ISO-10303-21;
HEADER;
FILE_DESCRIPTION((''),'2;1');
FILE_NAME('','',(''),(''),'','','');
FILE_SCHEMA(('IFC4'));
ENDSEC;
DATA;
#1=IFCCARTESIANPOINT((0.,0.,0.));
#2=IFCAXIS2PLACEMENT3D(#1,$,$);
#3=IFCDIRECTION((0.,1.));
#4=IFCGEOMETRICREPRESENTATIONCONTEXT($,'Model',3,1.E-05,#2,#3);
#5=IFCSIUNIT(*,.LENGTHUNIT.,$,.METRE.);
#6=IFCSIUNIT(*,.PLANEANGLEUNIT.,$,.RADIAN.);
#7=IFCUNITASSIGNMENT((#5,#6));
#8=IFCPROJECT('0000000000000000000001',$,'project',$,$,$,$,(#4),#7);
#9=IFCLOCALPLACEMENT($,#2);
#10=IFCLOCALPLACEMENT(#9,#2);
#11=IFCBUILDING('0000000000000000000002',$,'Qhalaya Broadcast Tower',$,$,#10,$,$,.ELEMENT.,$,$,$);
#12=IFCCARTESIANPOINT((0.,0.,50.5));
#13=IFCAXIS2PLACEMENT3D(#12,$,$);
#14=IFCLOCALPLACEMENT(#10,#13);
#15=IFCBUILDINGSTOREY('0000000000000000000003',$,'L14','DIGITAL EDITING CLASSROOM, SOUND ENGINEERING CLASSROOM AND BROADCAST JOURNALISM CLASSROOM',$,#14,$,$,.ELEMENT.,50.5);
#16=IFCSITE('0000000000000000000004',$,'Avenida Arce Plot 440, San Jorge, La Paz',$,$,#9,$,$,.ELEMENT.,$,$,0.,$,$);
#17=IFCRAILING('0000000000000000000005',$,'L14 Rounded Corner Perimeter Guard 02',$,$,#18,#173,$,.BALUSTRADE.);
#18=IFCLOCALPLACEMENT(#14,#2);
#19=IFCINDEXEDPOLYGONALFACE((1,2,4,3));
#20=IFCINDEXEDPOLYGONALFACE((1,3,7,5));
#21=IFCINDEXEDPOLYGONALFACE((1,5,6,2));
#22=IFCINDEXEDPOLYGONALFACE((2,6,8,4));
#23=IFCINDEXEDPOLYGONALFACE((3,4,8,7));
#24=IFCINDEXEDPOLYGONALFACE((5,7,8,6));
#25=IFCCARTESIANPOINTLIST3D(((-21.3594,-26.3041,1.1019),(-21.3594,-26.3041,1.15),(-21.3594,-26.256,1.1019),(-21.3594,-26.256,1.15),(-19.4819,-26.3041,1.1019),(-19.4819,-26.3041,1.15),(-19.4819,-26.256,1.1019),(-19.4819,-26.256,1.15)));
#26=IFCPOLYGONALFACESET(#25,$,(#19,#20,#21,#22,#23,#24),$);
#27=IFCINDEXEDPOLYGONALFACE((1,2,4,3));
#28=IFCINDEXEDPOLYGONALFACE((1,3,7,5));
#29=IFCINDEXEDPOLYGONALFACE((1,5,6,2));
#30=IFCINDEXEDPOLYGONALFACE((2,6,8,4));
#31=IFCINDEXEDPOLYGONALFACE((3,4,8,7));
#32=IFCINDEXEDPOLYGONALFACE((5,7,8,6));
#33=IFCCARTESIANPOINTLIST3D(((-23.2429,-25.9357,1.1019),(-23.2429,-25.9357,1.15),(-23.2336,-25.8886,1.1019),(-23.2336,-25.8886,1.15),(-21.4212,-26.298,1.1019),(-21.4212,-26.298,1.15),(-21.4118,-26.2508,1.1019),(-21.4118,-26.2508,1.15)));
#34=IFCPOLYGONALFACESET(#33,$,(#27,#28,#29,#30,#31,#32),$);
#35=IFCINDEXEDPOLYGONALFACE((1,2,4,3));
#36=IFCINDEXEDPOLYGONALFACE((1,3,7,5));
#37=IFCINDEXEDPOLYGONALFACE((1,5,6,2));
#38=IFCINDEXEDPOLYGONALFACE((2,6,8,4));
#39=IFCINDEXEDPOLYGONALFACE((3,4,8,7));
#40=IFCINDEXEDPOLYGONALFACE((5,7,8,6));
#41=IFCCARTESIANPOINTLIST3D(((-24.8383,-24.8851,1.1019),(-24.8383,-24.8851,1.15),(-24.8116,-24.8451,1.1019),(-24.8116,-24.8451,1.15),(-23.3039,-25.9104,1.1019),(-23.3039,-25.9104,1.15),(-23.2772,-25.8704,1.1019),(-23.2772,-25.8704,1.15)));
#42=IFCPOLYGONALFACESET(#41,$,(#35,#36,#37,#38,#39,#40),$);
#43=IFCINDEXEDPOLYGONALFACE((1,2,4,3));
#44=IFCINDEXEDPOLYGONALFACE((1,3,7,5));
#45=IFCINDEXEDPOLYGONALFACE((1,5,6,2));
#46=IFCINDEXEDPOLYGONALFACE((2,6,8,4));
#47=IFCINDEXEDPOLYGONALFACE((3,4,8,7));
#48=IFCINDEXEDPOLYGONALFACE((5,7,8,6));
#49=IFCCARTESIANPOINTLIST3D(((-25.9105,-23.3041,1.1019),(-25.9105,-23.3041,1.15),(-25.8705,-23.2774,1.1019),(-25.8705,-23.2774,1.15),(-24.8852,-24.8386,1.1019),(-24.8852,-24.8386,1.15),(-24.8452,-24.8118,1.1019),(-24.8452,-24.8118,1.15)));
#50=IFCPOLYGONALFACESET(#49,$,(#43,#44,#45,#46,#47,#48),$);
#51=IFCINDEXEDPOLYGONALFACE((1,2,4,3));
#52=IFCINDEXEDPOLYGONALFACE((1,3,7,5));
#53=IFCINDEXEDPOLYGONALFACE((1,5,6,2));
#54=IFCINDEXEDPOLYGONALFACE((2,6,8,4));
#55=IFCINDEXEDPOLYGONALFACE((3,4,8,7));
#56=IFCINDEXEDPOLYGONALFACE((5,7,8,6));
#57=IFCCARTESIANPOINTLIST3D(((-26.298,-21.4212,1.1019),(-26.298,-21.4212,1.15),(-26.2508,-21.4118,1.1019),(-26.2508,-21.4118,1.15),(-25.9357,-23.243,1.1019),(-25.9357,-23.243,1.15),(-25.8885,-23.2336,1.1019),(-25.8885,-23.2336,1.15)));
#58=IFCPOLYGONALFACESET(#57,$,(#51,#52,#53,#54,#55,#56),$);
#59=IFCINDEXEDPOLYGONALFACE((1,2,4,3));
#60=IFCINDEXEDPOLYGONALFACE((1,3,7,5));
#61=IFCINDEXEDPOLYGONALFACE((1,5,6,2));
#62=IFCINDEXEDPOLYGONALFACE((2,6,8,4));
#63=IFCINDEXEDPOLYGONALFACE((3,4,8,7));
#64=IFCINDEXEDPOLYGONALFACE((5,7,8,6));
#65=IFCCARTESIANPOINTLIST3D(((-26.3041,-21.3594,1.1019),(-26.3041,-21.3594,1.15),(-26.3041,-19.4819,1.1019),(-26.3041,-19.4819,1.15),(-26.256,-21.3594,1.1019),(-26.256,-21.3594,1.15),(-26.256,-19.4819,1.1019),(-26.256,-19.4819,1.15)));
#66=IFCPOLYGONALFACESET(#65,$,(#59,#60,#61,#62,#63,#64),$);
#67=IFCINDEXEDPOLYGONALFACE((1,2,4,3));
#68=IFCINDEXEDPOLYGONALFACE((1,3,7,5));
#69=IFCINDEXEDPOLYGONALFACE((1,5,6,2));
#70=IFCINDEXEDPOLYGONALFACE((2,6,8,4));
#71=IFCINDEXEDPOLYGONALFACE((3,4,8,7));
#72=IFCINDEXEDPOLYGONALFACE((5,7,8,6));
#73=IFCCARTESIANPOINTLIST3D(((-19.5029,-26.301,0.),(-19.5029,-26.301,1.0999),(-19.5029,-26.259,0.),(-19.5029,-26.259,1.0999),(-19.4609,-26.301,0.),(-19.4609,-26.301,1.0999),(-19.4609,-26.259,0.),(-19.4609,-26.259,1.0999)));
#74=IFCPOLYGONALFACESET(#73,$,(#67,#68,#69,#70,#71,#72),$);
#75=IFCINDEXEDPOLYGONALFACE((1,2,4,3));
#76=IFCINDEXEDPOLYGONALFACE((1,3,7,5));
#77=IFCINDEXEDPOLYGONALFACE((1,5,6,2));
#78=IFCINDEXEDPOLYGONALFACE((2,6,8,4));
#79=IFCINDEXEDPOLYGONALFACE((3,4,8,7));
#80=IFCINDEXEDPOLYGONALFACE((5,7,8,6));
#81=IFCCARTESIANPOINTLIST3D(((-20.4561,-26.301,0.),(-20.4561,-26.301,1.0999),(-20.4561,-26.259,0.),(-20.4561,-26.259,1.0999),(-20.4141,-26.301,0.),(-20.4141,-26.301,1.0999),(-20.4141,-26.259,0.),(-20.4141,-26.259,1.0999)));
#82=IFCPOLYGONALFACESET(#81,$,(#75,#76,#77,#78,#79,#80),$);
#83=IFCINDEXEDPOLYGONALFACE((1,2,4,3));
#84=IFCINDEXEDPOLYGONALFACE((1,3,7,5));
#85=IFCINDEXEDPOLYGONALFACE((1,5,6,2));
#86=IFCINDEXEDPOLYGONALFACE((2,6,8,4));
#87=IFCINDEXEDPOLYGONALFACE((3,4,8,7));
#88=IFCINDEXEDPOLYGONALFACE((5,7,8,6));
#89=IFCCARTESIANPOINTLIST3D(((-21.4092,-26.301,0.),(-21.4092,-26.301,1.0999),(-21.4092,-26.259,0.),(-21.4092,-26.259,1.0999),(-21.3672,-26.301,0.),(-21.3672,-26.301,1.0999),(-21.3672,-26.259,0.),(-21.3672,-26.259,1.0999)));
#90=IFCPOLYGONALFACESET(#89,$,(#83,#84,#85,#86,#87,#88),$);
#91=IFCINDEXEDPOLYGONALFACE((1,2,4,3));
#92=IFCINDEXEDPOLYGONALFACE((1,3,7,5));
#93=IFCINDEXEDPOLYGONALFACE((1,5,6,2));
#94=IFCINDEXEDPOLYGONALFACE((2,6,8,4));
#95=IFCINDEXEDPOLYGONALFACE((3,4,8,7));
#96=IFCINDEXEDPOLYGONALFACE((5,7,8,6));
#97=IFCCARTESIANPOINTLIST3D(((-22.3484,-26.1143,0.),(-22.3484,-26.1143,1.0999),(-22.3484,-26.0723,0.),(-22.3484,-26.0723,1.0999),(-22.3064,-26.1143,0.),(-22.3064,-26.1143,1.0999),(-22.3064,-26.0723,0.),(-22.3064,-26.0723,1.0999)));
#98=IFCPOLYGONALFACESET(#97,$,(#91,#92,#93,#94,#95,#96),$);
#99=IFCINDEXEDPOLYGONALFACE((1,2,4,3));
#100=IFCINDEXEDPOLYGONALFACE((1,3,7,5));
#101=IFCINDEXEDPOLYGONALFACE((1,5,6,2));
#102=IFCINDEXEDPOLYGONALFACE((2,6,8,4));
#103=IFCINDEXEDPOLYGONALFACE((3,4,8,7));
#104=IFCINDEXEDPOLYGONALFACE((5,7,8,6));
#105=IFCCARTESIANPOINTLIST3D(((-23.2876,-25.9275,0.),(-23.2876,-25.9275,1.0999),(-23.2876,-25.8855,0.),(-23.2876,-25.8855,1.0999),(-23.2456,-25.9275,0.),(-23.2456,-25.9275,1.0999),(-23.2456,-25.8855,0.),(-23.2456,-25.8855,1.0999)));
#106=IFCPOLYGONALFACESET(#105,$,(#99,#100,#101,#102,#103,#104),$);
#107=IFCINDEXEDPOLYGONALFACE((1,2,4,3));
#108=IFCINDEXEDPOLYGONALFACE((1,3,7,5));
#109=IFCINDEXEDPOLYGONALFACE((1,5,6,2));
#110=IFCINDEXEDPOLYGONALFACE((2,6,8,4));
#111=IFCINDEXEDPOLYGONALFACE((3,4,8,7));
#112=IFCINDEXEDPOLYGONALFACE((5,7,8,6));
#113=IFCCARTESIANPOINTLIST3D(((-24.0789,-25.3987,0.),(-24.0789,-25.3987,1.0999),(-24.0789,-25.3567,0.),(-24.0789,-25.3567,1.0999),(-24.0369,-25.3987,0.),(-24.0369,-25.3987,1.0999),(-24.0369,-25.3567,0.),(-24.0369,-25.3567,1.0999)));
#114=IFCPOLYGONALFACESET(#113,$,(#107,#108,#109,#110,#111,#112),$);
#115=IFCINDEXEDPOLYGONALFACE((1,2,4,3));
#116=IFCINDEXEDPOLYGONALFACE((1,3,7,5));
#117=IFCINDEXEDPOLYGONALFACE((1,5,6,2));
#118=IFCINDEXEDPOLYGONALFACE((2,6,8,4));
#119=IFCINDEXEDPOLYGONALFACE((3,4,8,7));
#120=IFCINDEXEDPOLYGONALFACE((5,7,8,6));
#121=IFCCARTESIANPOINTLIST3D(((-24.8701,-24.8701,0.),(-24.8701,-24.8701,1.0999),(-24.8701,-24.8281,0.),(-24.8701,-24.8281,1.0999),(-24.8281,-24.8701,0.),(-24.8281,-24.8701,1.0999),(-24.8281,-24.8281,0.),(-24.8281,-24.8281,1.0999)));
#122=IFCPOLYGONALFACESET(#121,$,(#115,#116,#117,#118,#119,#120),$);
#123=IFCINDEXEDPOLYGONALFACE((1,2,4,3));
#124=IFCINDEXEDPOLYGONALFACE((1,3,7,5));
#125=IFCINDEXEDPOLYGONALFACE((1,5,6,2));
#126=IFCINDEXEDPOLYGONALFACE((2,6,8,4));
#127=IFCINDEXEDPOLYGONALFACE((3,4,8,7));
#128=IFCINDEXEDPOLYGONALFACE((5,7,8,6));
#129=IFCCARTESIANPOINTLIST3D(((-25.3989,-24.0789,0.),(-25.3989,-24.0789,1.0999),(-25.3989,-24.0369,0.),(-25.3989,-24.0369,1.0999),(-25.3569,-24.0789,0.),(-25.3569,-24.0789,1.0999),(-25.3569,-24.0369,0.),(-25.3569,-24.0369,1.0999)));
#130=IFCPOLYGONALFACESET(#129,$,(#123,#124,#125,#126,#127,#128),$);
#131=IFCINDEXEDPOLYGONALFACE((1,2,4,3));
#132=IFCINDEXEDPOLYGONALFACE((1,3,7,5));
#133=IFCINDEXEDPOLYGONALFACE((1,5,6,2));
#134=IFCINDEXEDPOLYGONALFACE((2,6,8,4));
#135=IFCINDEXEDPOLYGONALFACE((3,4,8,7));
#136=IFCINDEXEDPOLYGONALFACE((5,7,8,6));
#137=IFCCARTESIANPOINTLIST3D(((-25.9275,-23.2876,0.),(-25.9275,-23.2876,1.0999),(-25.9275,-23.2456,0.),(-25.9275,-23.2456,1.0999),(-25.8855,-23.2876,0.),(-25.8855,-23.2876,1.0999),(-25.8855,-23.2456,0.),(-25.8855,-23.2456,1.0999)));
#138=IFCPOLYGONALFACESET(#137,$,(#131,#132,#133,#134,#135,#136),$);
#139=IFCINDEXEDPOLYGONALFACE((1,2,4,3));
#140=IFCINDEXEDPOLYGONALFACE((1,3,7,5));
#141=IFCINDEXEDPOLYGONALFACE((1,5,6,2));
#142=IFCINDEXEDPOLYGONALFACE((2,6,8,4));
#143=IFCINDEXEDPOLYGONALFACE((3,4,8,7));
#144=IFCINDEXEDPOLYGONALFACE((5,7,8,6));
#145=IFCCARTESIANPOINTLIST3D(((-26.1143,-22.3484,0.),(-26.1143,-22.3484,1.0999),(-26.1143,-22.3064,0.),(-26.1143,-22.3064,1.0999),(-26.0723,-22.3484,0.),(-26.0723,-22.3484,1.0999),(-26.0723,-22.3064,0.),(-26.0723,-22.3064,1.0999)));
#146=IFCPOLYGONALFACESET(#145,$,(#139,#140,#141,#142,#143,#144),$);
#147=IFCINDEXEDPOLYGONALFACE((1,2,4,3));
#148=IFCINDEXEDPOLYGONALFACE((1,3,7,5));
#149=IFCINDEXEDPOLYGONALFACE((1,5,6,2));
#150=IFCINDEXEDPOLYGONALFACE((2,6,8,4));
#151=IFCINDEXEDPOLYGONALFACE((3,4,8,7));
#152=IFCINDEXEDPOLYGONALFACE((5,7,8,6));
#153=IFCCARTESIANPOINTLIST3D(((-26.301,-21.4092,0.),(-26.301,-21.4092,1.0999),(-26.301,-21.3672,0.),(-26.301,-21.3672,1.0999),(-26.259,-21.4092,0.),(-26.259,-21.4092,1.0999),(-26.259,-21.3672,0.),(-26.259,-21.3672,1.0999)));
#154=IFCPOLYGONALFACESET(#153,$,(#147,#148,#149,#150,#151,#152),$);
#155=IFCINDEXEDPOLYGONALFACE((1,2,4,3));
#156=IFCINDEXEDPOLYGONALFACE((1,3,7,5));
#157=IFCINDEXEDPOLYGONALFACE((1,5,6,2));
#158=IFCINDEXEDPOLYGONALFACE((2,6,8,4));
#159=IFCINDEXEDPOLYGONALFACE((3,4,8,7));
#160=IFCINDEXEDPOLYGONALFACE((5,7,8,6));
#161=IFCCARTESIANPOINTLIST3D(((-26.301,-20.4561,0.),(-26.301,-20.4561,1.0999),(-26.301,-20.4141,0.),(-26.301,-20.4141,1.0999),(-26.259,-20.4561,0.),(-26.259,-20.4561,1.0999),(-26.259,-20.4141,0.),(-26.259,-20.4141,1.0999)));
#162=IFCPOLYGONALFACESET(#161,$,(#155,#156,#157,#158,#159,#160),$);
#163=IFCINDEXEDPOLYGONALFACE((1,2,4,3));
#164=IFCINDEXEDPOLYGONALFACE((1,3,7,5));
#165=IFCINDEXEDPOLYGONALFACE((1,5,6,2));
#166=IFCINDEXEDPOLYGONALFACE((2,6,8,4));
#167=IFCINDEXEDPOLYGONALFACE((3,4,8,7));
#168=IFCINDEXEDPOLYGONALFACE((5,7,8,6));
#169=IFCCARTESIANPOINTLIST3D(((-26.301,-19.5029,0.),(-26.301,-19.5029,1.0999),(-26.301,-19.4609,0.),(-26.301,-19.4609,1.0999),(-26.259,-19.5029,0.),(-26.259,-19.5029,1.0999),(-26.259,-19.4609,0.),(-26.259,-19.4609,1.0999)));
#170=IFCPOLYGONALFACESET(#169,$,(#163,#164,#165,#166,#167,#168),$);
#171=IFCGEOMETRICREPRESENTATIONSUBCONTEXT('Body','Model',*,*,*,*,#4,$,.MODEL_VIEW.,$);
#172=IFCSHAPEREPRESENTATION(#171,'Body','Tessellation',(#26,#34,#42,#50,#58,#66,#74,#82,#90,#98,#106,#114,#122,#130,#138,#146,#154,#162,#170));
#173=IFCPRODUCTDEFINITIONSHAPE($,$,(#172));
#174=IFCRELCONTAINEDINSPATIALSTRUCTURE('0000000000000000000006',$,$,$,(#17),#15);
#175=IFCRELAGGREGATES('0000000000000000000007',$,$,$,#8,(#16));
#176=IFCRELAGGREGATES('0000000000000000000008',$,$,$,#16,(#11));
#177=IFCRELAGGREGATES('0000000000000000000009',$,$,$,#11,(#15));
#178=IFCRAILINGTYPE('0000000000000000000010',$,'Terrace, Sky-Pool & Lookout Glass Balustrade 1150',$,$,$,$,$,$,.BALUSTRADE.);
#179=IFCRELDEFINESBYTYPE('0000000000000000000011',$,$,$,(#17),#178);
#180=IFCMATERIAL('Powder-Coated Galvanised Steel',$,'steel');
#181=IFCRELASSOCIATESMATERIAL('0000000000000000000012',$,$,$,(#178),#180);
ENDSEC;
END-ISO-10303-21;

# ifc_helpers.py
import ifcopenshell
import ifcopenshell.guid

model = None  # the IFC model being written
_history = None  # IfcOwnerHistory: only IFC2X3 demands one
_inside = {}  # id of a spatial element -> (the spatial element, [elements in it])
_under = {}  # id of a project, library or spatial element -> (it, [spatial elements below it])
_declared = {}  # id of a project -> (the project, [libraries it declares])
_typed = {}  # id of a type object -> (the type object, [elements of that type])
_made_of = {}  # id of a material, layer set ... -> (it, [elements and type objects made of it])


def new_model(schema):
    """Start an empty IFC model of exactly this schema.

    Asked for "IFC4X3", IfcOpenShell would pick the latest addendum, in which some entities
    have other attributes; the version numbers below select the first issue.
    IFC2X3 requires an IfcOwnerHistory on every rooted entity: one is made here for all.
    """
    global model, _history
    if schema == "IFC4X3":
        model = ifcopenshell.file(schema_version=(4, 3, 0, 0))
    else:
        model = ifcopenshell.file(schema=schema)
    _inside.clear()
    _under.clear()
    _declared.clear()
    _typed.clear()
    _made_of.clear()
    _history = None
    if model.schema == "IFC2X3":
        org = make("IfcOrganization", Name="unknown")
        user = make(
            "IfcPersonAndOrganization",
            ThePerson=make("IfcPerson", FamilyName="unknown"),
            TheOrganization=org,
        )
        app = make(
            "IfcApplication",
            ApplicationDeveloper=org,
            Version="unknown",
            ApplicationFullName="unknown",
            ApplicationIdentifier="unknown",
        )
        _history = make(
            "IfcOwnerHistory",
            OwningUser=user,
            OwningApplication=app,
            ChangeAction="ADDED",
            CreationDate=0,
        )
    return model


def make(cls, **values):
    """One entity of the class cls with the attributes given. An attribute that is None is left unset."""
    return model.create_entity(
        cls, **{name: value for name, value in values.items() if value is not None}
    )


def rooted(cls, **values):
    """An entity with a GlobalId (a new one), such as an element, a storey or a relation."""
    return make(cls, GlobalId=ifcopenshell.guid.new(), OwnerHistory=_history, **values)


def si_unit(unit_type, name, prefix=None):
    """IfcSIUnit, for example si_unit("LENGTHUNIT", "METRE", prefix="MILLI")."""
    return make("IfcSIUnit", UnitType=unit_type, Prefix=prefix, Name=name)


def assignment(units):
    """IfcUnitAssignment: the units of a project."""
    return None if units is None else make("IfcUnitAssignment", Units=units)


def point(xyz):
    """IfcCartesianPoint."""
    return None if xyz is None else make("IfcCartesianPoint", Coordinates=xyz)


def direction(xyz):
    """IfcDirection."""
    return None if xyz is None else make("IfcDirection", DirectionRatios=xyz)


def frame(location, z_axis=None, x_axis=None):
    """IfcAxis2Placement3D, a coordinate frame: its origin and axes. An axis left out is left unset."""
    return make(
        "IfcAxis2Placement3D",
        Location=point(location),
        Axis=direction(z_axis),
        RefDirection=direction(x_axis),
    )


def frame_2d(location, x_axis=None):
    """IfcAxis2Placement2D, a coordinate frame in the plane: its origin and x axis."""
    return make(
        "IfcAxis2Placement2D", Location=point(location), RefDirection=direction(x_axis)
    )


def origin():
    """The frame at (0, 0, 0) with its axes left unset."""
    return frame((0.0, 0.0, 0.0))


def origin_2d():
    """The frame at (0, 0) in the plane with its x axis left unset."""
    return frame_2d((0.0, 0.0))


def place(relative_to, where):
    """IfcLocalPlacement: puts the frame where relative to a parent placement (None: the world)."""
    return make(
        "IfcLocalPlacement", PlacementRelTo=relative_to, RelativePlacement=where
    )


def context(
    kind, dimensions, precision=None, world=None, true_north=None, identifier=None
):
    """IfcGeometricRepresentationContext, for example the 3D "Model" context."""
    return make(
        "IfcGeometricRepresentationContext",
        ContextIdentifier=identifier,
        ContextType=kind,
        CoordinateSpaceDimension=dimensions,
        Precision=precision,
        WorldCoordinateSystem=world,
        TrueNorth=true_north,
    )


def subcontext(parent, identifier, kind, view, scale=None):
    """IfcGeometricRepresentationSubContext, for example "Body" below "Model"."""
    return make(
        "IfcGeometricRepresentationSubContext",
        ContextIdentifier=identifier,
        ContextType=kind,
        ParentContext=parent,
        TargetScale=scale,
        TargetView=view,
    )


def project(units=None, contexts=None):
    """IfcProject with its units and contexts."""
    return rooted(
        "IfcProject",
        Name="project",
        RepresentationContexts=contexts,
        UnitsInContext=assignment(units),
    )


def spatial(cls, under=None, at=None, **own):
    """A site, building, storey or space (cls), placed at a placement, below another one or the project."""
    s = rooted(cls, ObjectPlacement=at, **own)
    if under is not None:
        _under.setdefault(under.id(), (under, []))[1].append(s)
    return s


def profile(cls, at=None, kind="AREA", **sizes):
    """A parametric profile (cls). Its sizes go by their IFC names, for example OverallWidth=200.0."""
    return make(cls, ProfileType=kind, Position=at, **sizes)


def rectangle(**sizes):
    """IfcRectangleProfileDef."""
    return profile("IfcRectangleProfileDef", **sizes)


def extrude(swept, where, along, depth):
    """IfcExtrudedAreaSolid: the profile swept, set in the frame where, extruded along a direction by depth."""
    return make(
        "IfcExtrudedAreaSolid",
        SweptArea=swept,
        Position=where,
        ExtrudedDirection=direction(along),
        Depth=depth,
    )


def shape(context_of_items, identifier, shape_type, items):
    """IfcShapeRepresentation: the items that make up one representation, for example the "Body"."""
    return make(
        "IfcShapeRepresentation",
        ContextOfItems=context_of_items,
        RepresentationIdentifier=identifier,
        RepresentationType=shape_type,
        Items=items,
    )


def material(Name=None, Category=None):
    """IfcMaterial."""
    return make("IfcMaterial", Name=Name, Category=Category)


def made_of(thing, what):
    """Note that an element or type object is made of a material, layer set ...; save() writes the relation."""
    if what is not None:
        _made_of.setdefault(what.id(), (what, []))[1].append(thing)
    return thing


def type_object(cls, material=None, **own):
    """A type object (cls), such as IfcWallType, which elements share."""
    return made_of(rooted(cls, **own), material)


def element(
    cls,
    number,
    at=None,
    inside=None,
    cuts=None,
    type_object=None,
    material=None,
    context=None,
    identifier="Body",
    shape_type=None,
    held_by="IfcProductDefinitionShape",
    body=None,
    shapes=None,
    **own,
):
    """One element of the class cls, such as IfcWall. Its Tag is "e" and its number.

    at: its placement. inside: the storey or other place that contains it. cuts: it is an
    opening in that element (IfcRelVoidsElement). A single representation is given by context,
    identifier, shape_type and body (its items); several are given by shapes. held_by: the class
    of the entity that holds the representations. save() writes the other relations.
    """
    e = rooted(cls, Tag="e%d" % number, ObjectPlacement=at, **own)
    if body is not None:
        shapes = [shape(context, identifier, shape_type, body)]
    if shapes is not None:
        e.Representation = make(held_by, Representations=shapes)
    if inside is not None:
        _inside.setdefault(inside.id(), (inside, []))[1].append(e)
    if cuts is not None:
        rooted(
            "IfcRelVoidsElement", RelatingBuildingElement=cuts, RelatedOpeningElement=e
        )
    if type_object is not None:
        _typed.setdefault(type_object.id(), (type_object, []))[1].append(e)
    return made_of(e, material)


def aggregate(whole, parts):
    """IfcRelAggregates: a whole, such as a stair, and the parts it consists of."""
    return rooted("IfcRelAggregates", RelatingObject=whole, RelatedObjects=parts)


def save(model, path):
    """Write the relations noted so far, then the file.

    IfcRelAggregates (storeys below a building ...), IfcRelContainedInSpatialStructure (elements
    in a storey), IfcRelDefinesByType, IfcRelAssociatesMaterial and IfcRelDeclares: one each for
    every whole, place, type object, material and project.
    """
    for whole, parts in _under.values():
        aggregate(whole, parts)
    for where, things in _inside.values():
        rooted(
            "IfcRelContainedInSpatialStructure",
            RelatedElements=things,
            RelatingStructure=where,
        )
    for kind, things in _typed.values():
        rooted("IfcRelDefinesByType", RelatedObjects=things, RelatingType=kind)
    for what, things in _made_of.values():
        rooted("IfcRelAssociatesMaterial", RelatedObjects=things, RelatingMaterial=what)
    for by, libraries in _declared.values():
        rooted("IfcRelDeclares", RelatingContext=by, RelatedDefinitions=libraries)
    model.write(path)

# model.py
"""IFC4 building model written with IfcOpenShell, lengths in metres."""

from ifc_helpers import new_model, si_unit, direction, frame, origin, origin_2d, place, context, subcontext, project, spatial, rectangle, extrude, material, type_object, element, save


model = new_model("IFC4")

# Units and contexts
model_context = context("Model", 3, precision=1e-05, world=origin(), true_north=direction((0.0, 1.0)))
body_context = subcontext(model_context, "Body", "Model", "MODEL_VIEW")
ifc_project = project(units=[si_unit("LENGTHUNIT", "METRE"), si_unit("PLANEANGLEUNIT", "RADIAN")], contexts=[model_context])

# Site, building, storey
site_placement = place(None, origin())
site = spatial("IfcSite", under=ifc_project, at=site_placement, Name="Avenida Arce Plot 440, San Jorge, La Paz", CompositionType="ELEMENT", RefElevation=0.0)
building_placement = place(site_placement, origin())
building = spatial("IfcBuilding", under=site, at=building_placement, Name="Qhalaya Broadcast Tower", CompositionType="ELEMENT")
storey_placement = place(building_placement, frame((0.0, 0.0, 50.5)))
storey = spatial("IfcBuildingStorey", under=building, at=storey_placement, Name="L14", Description="DIGITAL EDITING CLASSROOM, SOUND ENGINEERING CLASSROOM AND BROADCAST JOURNALISM CLASSROOM", CompositionType="ELEMENT", Elevation=50.5)

# Railing
ifc_material_1 = material(Name="Powder-Coated Galvanised Steel", Category="steel")
railing_type = type_object("IfcRailingType", Name="Terrace, Sky-Pool & Lookout Glass Balustrade 1150", PredefinedType="BALUSTRADE", material=ifc_material_1)
railing_placement = place(storey_placement, frame((-19.4819, -26.28, 0.0)))
element("IfcRailing", 1, at=railing_placement, inside=storey, type_object=railing_type, Name="L14 Rounded Corner Perimeter Guard 02", PredefinedType="BALUSTRADE", context=body_context, shape_type="SweptSolid", body=[
    extrude(rectangle(XDim=0.0481, YDim=0.0481, at=origin_2d()), frame((0.0, 0.0, 1.126), z_axis=(-1.0, 0.0, 0.0), x_axis=(0.0, -1.0, 0.0)), (0.0, 0.0, 1.0), 1.8774),
    extrude(rectangle(XDim=0.0481, YDim=0.0481, at=origin_2d()), frame((-1.9346, 0.0056, 1.126), z_axis=(-0.980796, 0.195037, 0.0), x_axis=(-0.195037, -0.980796, 0.0)), (0.0, 0.0, 1.0), 1.8574),
    extrude(rectangle(XDim=0.0481, YDim=0.0481, at=origin_2d()), frame((-3.8086, 0.3896, 1.126), z_axis=(-0.831478, 0.555558, 0.0), x_axis=(-0.555558, -0.831478, 0.0)), (0.0, 0.0, 1.0), 1.8455),
    extrude(rectangle(XDim=0.0481, YDim=0.0481, at=origin_2d()), frame((-5.3833, 1.4548, 1.126), z_axis=(-0.555558, 0.831478, 0.0), x_axis=(-0.831478, -0.555558, 0.0)), (0.0, 0.0, 1.0), 1.8455),
    extrude(rectangle(XDim=0.0481, YDim=0.0481, at=origin_2d()), frame((-6.4302, 3.0417, 1.126), z_axis=(-0.195037, 0.980796, 0.0), x_axis=(-0.980796, -0.195037, 0.0)), (0.0, 0.0, 1.0), 1.8574),
    extrude(rectangle(XDim=0.0481, YDim=0.0481, at=origin_2d()), frame((-6.7981, 4.9207, 1.126), z_axis=(0.0, 1.0, 0.0), x_axis=(-1.0, 0.0, 0.0)), (0.0, 0.0, 1.0), 1.8774),
    extrude(rectangle(XDim=0.042, YDim=0.042, at=origin_2d()), origin(), (0.0, 0.0, 1.0), 1.0999),
    extrude(rectangle(XDim=0.042, YDim=0.042, at=origin_2d()), frame((-0.9531, 0.0, 0.0)), (0.0, 0.0, 1.0), 1.0999),
    extrude(rectangle(XDim=0.042, YDim=0.042, at=origin_2d()), frame((-1.9062, 0.0, 0.0)), (0.0, 0.0, 1.0), 1.0999),
    extrude(rectangle(XDim=0.042, YDim=0.042, at=origin_2d()), frame((-2.8455, 0.1868, 0.0)), (0.0, 0.0, 1.0), 1.0999),
    extrude(rectangle(XDim=0.042, YDim=0.042, at=origin_2d()), frame((-3.7847, 0.3735, 0.0)), (0.0, 0.0, 1.0), 1.0999),
    extrude(rectangle(XDim=0.042, YDim=0.042, at=origin_2d()), frame((-4.5759, 0.9023, 0.0)), (0.0, 0.0, 1.0), 1.0999),
    extrude(rectangle(XDim=0.042, YDim=0.042, at=origin_2d()), frame((-5.3672, 1.4309, 0.0)), (0.0, 0.0, 1.0), 1.0999),
    extrude(rectangle(XDim=0.042, YDim=0.042, at=origin_2d()), frame((-5.896, 2.2222, 0.0)), (0.0, 0.0, 1.0), 1.0999),
    extrude(rectangle(XDim=0.042, YDim=0.042, at=origin_2d()), frame((-6.4246, 3.0134, 0.0)), (0.0, 0.0, 1.0), 1.0999),
    extrude(rectangle(XDim=0.042, YDim=0.042, at=origin_2d()), frame((-6.6113, 3.9526, 0.0)), (0.0, 0.0, 1.0), 1.0999),
    extrude(rectangle(XDim=0.042, YDim=0.042, at=origin_2d()), frame((-6.7981, 4.8918, 0.0)), (0.0, 0.0, 1.0), 1.0999),
    extrude(rectangle(XDim=0.042, YDim=0.042, at=origin_2d()), frame((-6.7981, 5.845, 0.0)), (0.0, 0.0, 1.0), 1.0999),
    extrude(rectangle(XDim=0.042, YDim=0.042, at=origin_2d()), frame((-6.7981, 6.7981, 0.0)), (0.0, 0.0, 1.0), 1.0999),
])

save(model, "model.ifc")
